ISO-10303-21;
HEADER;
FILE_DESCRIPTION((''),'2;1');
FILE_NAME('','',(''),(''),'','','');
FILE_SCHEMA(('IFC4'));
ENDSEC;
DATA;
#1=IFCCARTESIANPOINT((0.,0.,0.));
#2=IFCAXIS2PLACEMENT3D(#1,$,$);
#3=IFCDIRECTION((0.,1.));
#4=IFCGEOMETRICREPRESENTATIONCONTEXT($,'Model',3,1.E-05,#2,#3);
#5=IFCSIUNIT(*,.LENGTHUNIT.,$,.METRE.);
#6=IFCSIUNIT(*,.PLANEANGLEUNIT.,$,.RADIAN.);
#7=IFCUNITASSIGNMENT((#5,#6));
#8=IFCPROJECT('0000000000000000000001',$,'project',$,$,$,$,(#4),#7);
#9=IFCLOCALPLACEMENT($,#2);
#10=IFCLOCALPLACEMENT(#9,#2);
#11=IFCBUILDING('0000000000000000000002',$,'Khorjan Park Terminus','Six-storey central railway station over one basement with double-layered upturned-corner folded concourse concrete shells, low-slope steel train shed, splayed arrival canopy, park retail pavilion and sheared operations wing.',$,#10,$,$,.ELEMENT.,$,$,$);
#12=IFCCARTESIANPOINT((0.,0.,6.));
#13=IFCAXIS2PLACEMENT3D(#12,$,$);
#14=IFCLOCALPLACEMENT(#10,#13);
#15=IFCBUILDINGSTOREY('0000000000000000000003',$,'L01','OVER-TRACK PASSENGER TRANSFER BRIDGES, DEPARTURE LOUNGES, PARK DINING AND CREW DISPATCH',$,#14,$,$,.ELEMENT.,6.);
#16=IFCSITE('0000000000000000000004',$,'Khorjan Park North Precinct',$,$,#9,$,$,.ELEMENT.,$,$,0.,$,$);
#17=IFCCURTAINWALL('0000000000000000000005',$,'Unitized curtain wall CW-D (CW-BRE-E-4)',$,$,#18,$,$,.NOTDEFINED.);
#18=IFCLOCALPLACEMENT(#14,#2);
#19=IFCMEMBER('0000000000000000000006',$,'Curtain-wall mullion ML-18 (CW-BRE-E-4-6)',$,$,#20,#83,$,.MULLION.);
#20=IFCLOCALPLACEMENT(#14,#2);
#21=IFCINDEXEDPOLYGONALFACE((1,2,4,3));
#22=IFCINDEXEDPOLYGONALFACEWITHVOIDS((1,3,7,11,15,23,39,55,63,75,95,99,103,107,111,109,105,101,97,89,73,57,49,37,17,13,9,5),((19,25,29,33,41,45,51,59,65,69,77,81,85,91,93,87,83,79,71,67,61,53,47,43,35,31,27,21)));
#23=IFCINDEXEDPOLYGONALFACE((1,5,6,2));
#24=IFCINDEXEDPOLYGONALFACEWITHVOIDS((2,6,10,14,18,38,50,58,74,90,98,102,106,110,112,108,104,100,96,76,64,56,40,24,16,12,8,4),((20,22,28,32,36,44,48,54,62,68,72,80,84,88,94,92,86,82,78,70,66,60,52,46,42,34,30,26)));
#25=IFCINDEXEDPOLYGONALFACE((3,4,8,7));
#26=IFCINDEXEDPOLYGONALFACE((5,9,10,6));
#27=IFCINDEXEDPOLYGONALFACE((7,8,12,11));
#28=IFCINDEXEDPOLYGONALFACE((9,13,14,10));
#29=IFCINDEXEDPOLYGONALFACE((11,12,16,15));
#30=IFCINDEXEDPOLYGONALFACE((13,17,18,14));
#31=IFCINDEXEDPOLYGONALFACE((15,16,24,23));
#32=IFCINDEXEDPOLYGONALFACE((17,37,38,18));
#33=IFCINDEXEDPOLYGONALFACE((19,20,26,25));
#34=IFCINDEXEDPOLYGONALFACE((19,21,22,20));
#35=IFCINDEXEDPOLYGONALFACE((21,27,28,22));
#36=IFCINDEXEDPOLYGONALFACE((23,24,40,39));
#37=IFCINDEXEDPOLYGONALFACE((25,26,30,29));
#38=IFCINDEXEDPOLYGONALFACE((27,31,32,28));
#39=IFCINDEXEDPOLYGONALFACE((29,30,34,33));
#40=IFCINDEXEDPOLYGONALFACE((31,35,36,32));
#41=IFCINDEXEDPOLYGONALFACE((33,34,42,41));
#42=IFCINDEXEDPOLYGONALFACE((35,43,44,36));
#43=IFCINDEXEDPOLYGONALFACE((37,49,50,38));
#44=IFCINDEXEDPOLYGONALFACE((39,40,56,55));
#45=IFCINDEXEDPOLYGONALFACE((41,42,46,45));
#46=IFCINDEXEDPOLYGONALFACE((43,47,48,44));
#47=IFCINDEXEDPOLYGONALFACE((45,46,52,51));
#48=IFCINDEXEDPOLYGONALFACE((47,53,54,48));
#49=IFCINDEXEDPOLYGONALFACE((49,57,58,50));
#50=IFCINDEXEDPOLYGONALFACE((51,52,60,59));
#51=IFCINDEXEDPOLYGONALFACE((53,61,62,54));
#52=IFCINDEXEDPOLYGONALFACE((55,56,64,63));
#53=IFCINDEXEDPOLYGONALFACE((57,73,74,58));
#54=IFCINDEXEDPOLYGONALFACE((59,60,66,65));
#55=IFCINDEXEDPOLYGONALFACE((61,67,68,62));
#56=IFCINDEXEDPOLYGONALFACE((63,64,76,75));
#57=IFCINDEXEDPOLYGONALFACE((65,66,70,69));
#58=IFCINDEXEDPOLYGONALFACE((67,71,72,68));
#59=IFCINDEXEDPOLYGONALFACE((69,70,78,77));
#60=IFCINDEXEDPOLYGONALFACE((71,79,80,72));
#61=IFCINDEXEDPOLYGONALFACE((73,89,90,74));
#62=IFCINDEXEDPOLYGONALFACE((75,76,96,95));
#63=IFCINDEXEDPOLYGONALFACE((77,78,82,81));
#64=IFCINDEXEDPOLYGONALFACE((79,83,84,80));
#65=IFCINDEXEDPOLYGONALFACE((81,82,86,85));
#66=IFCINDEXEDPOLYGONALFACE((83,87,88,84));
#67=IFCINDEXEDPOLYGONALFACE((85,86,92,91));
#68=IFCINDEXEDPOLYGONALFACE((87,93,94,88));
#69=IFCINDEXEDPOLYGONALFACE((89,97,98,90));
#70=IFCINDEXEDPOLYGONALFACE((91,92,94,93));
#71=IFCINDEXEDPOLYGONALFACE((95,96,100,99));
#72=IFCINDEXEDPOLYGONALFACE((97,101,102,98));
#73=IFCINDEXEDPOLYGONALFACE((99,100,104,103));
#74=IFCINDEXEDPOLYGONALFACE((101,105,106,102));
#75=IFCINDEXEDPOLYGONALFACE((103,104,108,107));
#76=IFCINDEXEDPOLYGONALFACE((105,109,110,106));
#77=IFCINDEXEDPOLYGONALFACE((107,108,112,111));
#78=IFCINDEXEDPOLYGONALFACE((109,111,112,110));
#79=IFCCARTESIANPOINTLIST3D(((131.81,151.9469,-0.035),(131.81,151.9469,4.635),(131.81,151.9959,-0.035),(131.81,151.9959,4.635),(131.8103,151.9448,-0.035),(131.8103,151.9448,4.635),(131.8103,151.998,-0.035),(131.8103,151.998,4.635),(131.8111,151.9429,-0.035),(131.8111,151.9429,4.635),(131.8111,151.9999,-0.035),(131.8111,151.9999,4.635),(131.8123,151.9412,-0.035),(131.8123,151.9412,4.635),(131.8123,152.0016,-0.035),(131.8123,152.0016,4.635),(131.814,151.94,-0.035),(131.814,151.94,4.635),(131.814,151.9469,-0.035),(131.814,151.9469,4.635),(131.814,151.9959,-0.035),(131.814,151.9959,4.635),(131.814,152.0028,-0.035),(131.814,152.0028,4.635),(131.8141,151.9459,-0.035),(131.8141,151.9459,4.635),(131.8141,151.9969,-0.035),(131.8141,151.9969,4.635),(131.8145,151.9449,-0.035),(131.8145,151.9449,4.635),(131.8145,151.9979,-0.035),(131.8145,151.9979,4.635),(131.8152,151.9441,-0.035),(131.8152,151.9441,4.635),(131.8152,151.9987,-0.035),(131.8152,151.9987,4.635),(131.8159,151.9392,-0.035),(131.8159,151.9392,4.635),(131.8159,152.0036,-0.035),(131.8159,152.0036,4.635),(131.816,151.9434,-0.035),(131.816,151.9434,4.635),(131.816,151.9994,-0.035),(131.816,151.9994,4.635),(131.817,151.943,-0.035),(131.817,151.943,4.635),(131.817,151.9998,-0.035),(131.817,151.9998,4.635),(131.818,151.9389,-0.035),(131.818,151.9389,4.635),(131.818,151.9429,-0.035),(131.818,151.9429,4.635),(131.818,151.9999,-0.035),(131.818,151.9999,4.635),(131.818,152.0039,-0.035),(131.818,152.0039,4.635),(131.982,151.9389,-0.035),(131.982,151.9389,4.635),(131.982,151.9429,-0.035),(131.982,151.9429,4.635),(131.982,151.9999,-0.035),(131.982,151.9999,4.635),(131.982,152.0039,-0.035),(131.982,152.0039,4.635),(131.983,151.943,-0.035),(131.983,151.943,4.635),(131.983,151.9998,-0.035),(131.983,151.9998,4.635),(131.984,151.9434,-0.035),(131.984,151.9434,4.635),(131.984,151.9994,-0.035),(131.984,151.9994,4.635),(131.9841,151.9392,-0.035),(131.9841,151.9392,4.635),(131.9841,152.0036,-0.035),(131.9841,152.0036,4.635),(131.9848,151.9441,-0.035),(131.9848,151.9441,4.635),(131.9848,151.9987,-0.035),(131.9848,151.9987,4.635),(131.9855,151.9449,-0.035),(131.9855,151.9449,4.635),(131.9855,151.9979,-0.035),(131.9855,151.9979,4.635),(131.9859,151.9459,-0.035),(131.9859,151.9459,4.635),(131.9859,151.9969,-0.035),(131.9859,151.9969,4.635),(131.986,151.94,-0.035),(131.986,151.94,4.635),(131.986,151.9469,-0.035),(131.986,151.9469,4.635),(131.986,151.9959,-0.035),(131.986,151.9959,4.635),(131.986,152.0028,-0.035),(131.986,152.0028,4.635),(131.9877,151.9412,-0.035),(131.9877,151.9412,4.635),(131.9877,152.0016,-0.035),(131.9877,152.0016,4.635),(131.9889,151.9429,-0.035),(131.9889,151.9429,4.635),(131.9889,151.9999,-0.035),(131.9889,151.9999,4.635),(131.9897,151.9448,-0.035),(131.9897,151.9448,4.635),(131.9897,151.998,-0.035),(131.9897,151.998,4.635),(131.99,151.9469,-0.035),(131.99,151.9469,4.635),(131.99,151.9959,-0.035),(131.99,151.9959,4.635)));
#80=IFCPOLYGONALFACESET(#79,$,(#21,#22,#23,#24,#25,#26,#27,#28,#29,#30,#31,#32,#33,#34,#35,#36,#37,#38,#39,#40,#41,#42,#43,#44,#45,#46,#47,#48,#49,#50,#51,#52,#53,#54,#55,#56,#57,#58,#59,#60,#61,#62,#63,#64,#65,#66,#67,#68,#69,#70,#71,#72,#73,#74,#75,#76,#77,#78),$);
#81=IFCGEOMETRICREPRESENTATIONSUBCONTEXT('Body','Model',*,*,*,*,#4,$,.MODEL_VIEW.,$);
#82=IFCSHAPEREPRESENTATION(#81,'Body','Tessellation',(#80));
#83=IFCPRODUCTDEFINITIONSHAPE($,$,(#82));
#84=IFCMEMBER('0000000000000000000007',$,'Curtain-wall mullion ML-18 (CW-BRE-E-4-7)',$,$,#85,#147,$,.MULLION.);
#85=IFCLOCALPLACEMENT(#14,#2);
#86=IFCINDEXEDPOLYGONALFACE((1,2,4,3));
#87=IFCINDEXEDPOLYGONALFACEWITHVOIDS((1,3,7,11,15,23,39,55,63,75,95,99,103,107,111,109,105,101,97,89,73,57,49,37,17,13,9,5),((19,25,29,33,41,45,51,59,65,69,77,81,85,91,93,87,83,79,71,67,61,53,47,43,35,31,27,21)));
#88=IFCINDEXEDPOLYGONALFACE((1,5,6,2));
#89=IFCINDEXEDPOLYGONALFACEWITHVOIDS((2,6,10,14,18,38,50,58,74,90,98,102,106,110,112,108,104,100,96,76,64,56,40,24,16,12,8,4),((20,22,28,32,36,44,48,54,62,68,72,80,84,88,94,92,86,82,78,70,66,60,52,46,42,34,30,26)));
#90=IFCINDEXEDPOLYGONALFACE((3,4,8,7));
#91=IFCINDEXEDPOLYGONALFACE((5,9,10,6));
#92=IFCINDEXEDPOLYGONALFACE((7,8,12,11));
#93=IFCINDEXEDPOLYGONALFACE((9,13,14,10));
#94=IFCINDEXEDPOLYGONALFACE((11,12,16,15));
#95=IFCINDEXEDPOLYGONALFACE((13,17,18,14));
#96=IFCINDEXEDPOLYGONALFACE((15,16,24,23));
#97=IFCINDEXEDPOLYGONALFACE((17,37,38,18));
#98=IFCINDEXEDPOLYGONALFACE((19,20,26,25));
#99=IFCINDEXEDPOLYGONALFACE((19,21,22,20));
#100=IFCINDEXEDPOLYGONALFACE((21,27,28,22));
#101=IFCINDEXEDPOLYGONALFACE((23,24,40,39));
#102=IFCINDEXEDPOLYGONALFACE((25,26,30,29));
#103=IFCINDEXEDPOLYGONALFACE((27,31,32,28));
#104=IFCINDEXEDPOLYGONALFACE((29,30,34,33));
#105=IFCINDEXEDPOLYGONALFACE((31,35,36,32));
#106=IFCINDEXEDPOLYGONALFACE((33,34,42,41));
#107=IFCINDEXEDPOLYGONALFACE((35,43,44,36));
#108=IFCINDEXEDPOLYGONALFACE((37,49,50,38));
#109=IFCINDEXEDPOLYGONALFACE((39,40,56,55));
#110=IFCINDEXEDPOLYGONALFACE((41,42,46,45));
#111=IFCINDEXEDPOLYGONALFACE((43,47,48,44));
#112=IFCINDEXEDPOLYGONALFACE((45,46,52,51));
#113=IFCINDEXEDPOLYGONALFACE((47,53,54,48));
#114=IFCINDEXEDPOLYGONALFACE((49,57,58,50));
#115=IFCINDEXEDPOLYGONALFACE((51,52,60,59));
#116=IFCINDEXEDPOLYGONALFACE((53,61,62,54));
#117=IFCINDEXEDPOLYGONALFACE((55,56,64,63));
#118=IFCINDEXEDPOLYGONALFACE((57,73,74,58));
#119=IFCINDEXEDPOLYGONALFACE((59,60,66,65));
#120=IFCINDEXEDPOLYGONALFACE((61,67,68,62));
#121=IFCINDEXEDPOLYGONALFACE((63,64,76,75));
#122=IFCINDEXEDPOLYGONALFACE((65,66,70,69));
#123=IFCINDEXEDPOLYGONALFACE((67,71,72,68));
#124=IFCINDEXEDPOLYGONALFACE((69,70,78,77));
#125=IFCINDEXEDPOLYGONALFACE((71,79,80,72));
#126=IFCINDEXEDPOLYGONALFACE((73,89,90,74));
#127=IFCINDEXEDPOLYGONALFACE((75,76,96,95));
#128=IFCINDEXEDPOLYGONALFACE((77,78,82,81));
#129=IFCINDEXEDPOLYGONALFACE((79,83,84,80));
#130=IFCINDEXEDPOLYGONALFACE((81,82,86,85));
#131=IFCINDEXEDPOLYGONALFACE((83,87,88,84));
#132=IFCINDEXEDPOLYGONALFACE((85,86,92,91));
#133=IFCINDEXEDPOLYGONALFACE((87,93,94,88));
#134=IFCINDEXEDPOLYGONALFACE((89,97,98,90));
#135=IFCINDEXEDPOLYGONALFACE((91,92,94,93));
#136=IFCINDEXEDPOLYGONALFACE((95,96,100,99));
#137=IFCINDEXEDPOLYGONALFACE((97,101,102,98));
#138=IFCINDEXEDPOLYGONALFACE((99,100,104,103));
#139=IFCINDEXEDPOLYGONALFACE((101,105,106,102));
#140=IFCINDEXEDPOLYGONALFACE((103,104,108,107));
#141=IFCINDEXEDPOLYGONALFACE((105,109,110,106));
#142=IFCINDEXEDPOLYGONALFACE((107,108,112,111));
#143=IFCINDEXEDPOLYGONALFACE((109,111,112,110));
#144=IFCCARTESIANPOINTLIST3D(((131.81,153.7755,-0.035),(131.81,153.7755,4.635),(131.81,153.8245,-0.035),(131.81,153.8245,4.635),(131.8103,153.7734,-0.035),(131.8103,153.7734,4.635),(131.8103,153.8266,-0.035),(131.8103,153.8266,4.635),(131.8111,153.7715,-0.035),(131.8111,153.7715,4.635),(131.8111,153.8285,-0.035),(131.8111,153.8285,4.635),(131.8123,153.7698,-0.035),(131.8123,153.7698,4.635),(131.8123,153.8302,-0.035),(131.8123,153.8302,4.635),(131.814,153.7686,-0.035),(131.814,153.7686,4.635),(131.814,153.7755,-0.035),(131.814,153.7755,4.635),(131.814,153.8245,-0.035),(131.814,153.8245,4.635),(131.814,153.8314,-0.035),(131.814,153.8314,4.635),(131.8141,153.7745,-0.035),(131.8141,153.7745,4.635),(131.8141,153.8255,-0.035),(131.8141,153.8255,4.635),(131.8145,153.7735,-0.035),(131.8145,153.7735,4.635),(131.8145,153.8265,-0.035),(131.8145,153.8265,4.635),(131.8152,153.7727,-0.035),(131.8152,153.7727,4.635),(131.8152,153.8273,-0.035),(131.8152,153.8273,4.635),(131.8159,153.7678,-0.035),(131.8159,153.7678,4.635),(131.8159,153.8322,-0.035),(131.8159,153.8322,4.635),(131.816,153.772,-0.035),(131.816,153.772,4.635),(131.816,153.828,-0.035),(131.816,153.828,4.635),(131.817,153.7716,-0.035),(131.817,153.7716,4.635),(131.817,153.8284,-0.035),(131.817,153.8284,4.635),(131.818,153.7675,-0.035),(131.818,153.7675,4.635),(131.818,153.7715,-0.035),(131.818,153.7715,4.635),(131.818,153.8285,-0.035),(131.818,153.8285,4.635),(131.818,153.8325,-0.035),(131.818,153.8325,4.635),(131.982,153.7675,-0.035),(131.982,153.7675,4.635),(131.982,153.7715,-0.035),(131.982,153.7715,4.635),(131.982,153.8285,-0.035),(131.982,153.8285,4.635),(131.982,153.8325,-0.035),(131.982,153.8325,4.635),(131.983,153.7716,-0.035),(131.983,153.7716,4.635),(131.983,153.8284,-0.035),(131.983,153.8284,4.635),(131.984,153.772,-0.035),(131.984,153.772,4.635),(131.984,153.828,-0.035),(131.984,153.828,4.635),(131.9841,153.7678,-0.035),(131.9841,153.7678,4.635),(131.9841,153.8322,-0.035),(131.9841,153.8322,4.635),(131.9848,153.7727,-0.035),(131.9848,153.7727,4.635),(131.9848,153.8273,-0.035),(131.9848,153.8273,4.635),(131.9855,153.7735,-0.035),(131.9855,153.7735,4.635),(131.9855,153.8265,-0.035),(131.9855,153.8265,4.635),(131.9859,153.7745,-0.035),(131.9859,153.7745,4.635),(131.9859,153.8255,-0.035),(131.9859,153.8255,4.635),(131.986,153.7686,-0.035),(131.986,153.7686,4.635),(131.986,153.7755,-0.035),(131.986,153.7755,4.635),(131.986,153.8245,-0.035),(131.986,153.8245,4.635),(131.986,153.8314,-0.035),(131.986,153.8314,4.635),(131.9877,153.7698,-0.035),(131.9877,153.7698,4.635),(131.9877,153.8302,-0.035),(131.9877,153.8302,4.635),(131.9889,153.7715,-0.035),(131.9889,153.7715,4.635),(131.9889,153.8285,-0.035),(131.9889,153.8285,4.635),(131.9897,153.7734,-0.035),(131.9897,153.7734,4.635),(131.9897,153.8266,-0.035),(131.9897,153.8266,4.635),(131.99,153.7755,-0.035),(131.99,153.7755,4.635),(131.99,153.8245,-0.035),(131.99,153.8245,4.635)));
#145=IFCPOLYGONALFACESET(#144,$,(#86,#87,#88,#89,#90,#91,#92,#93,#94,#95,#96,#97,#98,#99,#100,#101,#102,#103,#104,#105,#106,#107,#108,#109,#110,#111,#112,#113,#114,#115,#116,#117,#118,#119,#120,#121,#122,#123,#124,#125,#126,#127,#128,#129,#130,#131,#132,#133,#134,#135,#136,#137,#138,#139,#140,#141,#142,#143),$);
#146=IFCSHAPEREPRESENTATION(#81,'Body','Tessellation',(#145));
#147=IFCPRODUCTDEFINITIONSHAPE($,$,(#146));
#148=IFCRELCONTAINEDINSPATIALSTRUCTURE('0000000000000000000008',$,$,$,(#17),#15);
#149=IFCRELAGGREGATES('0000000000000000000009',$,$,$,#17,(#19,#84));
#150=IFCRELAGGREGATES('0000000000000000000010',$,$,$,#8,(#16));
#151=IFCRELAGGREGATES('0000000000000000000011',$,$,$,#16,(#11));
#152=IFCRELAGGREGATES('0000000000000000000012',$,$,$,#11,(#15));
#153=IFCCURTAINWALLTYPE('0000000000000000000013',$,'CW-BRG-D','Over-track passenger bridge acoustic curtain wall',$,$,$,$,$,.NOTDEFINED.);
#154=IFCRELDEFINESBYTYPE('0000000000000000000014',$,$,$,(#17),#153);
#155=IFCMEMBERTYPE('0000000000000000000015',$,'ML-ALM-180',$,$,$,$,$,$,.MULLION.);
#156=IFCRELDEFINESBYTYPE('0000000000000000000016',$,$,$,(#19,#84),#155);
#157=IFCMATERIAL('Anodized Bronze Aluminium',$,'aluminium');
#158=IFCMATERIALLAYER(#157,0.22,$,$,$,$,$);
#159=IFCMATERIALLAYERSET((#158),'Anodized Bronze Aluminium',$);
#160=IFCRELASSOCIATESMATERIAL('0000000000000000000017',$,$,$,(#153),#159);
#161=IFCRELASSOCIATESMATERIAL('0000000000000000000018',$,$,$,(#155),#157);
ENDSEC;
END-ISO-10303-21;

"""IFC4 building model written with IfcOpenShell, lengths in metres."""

from ifc_helpers import new_model, si_unit, direction, frame, origin, origin_2d, place, context, subcontext, project, spatial, hollow_rectangle, extrude, material, layer, layer_set, material_profile, profile_set, type_object, element, aggregate, save


model = new_model("IFC4")

# Units and contexts
model_context = context("Model", 3, precision=1e-05, world=origin(), true_north=direction((0.0, 1.0)))
body_context = subcontext(model_context, "Body", "Model", "MODEL_VIEW")
ifc_project = project(units=[si_unit("LENGTHUNIT", "METRE"), si_unit("PLANEANGLEUNIT", "RADIAN")], contexts=[model_context])

# Site, building, storey
site_placement = place(None, origin())
site = spatial("IfcSite", under=ifc_project, at=site_placement, Name="Khorjan Park North Precinct", CompositionType="ELEMENT", RefElevation=0.0)
building_placement = place(site_placement, origin())
building = spatial("IfcBuilding", under=site, at=building_placement, Name="Khorjan Park Terminus", Description="Six-storey central railway station over one basement with double-layered upturned-corner folded concourse concrete shells, low-slope steel train shed, splayed arrival canopy, park retail pavilion and sheared operations wing.", CompositionType="ELEMENT")
storey_placement = place(building_placement, frame((0.0, 0.0, 6.0)))
storey = spatial("IfcBuildingStorey", under=building, at=storey_placement, Name="L01", Description="OVER-TRACK PASSENGER TRANSFER BRIDGES, DEPARTURE LOUNGES, PARK DINING AND CREW DISPATCH", CompositionType="ELEMENT", Elevation=6.0)

# Curtain wall, members
ifc_material_1 = material(Name="Anodized Bronze Aluminium", Category="aluminium")
ifc_layer_1 = layer(ifc_material_1, 0.22)
ifc_layer_set_1 = layer_set([ifc_layer_1], Name="Anodized Bronze Aluminium")
curtain_wall_type = type_object("IfcCurtainWallType", Name="CW-BRG-D", Description="Over-track passenger bridge acoustic curtain wall", PredefinedType="NOTDEFINED", material=ifc_layer_set_1)
curtain_wall_placement = place(storey_placement, origin())
curtain_wall = element("IfcCurtainWall", 1, at=curtain_wall_placement, inside=storey, type_object=curtain_wall_type, Name="Unitized curtain wall CW-D (CW-BRE-E-4)", PredefinedType="NOTDEFINED")
ifc_material_profile_1 = material_profile(ifc_material_1, hollow_rectangle(XDim=0.065, YDim=0.18, WallThickness=0.004, InnerFilletRadius=0.004, OuterFilletRadius=0.008, at=origin_2d()), Name="ALM 65x180x4")
ifc_profile_set_1 = profile_set([ifc_material_profile_1], Name="Anodized Bronze Aluminium")
member_type_1 = type_object("IfcMemberType", Name="ML-ALM-180", PredefinedType="MULLION", material=ifc_profile_set_1)
member_1_placement = place(storey_placement, frame((131.9, 151.9714, -0.035), z_axis=(0.0, 0.0, 1.0), x_axis=(0.0, 1.0, 0.0)))
member_1 = element("IfcMember", 2, at=member_1_placement, type_object=member_type_1, Name="Curtain-wall mullion ML-18 (CW-BRE-E-4-6)", PredefinedType="MULLION", context=body_context, shape_type="SweptSolid", body=[
    extrude(hollow_rectangle(XDim=0.065, YDim=0.18, WallThickness=0.004, InnerFilletRadius=0.004, OuterFilletRadius=0.008, at=origin_2d()), origin(), (0.0, 0.0, 1.0), 4.67),
])
member_2_placement = place(storey_placement, frame((131.9, 153.8, -0.035), z_axis=(0.0, 0.0, 1.0), x_axis=(0.0, 1.0, 0.0)))
member_2 = element("IfcMember", 3, at=member_2_placement, type_object=member_type_1, Name="Curtain-wall mullion ML-18 (CW-BRE-E-4-7)", PredefinedType="MULLION", context=body_context, shape_type="SweptSolid", body=[
    extrude(hollow_rectangle(XDim=0.065, YDim=0.18, WallThickness=0.004, InnerFilletRadius=0.004, OuterFilletRadius=0.008, at=origin_2d()), origin(), (0.0, 0.0, 1.0), 4.67),
])
aggregate(curtain_wall, [member_1, member_2])

save(model, "model.ifc")
